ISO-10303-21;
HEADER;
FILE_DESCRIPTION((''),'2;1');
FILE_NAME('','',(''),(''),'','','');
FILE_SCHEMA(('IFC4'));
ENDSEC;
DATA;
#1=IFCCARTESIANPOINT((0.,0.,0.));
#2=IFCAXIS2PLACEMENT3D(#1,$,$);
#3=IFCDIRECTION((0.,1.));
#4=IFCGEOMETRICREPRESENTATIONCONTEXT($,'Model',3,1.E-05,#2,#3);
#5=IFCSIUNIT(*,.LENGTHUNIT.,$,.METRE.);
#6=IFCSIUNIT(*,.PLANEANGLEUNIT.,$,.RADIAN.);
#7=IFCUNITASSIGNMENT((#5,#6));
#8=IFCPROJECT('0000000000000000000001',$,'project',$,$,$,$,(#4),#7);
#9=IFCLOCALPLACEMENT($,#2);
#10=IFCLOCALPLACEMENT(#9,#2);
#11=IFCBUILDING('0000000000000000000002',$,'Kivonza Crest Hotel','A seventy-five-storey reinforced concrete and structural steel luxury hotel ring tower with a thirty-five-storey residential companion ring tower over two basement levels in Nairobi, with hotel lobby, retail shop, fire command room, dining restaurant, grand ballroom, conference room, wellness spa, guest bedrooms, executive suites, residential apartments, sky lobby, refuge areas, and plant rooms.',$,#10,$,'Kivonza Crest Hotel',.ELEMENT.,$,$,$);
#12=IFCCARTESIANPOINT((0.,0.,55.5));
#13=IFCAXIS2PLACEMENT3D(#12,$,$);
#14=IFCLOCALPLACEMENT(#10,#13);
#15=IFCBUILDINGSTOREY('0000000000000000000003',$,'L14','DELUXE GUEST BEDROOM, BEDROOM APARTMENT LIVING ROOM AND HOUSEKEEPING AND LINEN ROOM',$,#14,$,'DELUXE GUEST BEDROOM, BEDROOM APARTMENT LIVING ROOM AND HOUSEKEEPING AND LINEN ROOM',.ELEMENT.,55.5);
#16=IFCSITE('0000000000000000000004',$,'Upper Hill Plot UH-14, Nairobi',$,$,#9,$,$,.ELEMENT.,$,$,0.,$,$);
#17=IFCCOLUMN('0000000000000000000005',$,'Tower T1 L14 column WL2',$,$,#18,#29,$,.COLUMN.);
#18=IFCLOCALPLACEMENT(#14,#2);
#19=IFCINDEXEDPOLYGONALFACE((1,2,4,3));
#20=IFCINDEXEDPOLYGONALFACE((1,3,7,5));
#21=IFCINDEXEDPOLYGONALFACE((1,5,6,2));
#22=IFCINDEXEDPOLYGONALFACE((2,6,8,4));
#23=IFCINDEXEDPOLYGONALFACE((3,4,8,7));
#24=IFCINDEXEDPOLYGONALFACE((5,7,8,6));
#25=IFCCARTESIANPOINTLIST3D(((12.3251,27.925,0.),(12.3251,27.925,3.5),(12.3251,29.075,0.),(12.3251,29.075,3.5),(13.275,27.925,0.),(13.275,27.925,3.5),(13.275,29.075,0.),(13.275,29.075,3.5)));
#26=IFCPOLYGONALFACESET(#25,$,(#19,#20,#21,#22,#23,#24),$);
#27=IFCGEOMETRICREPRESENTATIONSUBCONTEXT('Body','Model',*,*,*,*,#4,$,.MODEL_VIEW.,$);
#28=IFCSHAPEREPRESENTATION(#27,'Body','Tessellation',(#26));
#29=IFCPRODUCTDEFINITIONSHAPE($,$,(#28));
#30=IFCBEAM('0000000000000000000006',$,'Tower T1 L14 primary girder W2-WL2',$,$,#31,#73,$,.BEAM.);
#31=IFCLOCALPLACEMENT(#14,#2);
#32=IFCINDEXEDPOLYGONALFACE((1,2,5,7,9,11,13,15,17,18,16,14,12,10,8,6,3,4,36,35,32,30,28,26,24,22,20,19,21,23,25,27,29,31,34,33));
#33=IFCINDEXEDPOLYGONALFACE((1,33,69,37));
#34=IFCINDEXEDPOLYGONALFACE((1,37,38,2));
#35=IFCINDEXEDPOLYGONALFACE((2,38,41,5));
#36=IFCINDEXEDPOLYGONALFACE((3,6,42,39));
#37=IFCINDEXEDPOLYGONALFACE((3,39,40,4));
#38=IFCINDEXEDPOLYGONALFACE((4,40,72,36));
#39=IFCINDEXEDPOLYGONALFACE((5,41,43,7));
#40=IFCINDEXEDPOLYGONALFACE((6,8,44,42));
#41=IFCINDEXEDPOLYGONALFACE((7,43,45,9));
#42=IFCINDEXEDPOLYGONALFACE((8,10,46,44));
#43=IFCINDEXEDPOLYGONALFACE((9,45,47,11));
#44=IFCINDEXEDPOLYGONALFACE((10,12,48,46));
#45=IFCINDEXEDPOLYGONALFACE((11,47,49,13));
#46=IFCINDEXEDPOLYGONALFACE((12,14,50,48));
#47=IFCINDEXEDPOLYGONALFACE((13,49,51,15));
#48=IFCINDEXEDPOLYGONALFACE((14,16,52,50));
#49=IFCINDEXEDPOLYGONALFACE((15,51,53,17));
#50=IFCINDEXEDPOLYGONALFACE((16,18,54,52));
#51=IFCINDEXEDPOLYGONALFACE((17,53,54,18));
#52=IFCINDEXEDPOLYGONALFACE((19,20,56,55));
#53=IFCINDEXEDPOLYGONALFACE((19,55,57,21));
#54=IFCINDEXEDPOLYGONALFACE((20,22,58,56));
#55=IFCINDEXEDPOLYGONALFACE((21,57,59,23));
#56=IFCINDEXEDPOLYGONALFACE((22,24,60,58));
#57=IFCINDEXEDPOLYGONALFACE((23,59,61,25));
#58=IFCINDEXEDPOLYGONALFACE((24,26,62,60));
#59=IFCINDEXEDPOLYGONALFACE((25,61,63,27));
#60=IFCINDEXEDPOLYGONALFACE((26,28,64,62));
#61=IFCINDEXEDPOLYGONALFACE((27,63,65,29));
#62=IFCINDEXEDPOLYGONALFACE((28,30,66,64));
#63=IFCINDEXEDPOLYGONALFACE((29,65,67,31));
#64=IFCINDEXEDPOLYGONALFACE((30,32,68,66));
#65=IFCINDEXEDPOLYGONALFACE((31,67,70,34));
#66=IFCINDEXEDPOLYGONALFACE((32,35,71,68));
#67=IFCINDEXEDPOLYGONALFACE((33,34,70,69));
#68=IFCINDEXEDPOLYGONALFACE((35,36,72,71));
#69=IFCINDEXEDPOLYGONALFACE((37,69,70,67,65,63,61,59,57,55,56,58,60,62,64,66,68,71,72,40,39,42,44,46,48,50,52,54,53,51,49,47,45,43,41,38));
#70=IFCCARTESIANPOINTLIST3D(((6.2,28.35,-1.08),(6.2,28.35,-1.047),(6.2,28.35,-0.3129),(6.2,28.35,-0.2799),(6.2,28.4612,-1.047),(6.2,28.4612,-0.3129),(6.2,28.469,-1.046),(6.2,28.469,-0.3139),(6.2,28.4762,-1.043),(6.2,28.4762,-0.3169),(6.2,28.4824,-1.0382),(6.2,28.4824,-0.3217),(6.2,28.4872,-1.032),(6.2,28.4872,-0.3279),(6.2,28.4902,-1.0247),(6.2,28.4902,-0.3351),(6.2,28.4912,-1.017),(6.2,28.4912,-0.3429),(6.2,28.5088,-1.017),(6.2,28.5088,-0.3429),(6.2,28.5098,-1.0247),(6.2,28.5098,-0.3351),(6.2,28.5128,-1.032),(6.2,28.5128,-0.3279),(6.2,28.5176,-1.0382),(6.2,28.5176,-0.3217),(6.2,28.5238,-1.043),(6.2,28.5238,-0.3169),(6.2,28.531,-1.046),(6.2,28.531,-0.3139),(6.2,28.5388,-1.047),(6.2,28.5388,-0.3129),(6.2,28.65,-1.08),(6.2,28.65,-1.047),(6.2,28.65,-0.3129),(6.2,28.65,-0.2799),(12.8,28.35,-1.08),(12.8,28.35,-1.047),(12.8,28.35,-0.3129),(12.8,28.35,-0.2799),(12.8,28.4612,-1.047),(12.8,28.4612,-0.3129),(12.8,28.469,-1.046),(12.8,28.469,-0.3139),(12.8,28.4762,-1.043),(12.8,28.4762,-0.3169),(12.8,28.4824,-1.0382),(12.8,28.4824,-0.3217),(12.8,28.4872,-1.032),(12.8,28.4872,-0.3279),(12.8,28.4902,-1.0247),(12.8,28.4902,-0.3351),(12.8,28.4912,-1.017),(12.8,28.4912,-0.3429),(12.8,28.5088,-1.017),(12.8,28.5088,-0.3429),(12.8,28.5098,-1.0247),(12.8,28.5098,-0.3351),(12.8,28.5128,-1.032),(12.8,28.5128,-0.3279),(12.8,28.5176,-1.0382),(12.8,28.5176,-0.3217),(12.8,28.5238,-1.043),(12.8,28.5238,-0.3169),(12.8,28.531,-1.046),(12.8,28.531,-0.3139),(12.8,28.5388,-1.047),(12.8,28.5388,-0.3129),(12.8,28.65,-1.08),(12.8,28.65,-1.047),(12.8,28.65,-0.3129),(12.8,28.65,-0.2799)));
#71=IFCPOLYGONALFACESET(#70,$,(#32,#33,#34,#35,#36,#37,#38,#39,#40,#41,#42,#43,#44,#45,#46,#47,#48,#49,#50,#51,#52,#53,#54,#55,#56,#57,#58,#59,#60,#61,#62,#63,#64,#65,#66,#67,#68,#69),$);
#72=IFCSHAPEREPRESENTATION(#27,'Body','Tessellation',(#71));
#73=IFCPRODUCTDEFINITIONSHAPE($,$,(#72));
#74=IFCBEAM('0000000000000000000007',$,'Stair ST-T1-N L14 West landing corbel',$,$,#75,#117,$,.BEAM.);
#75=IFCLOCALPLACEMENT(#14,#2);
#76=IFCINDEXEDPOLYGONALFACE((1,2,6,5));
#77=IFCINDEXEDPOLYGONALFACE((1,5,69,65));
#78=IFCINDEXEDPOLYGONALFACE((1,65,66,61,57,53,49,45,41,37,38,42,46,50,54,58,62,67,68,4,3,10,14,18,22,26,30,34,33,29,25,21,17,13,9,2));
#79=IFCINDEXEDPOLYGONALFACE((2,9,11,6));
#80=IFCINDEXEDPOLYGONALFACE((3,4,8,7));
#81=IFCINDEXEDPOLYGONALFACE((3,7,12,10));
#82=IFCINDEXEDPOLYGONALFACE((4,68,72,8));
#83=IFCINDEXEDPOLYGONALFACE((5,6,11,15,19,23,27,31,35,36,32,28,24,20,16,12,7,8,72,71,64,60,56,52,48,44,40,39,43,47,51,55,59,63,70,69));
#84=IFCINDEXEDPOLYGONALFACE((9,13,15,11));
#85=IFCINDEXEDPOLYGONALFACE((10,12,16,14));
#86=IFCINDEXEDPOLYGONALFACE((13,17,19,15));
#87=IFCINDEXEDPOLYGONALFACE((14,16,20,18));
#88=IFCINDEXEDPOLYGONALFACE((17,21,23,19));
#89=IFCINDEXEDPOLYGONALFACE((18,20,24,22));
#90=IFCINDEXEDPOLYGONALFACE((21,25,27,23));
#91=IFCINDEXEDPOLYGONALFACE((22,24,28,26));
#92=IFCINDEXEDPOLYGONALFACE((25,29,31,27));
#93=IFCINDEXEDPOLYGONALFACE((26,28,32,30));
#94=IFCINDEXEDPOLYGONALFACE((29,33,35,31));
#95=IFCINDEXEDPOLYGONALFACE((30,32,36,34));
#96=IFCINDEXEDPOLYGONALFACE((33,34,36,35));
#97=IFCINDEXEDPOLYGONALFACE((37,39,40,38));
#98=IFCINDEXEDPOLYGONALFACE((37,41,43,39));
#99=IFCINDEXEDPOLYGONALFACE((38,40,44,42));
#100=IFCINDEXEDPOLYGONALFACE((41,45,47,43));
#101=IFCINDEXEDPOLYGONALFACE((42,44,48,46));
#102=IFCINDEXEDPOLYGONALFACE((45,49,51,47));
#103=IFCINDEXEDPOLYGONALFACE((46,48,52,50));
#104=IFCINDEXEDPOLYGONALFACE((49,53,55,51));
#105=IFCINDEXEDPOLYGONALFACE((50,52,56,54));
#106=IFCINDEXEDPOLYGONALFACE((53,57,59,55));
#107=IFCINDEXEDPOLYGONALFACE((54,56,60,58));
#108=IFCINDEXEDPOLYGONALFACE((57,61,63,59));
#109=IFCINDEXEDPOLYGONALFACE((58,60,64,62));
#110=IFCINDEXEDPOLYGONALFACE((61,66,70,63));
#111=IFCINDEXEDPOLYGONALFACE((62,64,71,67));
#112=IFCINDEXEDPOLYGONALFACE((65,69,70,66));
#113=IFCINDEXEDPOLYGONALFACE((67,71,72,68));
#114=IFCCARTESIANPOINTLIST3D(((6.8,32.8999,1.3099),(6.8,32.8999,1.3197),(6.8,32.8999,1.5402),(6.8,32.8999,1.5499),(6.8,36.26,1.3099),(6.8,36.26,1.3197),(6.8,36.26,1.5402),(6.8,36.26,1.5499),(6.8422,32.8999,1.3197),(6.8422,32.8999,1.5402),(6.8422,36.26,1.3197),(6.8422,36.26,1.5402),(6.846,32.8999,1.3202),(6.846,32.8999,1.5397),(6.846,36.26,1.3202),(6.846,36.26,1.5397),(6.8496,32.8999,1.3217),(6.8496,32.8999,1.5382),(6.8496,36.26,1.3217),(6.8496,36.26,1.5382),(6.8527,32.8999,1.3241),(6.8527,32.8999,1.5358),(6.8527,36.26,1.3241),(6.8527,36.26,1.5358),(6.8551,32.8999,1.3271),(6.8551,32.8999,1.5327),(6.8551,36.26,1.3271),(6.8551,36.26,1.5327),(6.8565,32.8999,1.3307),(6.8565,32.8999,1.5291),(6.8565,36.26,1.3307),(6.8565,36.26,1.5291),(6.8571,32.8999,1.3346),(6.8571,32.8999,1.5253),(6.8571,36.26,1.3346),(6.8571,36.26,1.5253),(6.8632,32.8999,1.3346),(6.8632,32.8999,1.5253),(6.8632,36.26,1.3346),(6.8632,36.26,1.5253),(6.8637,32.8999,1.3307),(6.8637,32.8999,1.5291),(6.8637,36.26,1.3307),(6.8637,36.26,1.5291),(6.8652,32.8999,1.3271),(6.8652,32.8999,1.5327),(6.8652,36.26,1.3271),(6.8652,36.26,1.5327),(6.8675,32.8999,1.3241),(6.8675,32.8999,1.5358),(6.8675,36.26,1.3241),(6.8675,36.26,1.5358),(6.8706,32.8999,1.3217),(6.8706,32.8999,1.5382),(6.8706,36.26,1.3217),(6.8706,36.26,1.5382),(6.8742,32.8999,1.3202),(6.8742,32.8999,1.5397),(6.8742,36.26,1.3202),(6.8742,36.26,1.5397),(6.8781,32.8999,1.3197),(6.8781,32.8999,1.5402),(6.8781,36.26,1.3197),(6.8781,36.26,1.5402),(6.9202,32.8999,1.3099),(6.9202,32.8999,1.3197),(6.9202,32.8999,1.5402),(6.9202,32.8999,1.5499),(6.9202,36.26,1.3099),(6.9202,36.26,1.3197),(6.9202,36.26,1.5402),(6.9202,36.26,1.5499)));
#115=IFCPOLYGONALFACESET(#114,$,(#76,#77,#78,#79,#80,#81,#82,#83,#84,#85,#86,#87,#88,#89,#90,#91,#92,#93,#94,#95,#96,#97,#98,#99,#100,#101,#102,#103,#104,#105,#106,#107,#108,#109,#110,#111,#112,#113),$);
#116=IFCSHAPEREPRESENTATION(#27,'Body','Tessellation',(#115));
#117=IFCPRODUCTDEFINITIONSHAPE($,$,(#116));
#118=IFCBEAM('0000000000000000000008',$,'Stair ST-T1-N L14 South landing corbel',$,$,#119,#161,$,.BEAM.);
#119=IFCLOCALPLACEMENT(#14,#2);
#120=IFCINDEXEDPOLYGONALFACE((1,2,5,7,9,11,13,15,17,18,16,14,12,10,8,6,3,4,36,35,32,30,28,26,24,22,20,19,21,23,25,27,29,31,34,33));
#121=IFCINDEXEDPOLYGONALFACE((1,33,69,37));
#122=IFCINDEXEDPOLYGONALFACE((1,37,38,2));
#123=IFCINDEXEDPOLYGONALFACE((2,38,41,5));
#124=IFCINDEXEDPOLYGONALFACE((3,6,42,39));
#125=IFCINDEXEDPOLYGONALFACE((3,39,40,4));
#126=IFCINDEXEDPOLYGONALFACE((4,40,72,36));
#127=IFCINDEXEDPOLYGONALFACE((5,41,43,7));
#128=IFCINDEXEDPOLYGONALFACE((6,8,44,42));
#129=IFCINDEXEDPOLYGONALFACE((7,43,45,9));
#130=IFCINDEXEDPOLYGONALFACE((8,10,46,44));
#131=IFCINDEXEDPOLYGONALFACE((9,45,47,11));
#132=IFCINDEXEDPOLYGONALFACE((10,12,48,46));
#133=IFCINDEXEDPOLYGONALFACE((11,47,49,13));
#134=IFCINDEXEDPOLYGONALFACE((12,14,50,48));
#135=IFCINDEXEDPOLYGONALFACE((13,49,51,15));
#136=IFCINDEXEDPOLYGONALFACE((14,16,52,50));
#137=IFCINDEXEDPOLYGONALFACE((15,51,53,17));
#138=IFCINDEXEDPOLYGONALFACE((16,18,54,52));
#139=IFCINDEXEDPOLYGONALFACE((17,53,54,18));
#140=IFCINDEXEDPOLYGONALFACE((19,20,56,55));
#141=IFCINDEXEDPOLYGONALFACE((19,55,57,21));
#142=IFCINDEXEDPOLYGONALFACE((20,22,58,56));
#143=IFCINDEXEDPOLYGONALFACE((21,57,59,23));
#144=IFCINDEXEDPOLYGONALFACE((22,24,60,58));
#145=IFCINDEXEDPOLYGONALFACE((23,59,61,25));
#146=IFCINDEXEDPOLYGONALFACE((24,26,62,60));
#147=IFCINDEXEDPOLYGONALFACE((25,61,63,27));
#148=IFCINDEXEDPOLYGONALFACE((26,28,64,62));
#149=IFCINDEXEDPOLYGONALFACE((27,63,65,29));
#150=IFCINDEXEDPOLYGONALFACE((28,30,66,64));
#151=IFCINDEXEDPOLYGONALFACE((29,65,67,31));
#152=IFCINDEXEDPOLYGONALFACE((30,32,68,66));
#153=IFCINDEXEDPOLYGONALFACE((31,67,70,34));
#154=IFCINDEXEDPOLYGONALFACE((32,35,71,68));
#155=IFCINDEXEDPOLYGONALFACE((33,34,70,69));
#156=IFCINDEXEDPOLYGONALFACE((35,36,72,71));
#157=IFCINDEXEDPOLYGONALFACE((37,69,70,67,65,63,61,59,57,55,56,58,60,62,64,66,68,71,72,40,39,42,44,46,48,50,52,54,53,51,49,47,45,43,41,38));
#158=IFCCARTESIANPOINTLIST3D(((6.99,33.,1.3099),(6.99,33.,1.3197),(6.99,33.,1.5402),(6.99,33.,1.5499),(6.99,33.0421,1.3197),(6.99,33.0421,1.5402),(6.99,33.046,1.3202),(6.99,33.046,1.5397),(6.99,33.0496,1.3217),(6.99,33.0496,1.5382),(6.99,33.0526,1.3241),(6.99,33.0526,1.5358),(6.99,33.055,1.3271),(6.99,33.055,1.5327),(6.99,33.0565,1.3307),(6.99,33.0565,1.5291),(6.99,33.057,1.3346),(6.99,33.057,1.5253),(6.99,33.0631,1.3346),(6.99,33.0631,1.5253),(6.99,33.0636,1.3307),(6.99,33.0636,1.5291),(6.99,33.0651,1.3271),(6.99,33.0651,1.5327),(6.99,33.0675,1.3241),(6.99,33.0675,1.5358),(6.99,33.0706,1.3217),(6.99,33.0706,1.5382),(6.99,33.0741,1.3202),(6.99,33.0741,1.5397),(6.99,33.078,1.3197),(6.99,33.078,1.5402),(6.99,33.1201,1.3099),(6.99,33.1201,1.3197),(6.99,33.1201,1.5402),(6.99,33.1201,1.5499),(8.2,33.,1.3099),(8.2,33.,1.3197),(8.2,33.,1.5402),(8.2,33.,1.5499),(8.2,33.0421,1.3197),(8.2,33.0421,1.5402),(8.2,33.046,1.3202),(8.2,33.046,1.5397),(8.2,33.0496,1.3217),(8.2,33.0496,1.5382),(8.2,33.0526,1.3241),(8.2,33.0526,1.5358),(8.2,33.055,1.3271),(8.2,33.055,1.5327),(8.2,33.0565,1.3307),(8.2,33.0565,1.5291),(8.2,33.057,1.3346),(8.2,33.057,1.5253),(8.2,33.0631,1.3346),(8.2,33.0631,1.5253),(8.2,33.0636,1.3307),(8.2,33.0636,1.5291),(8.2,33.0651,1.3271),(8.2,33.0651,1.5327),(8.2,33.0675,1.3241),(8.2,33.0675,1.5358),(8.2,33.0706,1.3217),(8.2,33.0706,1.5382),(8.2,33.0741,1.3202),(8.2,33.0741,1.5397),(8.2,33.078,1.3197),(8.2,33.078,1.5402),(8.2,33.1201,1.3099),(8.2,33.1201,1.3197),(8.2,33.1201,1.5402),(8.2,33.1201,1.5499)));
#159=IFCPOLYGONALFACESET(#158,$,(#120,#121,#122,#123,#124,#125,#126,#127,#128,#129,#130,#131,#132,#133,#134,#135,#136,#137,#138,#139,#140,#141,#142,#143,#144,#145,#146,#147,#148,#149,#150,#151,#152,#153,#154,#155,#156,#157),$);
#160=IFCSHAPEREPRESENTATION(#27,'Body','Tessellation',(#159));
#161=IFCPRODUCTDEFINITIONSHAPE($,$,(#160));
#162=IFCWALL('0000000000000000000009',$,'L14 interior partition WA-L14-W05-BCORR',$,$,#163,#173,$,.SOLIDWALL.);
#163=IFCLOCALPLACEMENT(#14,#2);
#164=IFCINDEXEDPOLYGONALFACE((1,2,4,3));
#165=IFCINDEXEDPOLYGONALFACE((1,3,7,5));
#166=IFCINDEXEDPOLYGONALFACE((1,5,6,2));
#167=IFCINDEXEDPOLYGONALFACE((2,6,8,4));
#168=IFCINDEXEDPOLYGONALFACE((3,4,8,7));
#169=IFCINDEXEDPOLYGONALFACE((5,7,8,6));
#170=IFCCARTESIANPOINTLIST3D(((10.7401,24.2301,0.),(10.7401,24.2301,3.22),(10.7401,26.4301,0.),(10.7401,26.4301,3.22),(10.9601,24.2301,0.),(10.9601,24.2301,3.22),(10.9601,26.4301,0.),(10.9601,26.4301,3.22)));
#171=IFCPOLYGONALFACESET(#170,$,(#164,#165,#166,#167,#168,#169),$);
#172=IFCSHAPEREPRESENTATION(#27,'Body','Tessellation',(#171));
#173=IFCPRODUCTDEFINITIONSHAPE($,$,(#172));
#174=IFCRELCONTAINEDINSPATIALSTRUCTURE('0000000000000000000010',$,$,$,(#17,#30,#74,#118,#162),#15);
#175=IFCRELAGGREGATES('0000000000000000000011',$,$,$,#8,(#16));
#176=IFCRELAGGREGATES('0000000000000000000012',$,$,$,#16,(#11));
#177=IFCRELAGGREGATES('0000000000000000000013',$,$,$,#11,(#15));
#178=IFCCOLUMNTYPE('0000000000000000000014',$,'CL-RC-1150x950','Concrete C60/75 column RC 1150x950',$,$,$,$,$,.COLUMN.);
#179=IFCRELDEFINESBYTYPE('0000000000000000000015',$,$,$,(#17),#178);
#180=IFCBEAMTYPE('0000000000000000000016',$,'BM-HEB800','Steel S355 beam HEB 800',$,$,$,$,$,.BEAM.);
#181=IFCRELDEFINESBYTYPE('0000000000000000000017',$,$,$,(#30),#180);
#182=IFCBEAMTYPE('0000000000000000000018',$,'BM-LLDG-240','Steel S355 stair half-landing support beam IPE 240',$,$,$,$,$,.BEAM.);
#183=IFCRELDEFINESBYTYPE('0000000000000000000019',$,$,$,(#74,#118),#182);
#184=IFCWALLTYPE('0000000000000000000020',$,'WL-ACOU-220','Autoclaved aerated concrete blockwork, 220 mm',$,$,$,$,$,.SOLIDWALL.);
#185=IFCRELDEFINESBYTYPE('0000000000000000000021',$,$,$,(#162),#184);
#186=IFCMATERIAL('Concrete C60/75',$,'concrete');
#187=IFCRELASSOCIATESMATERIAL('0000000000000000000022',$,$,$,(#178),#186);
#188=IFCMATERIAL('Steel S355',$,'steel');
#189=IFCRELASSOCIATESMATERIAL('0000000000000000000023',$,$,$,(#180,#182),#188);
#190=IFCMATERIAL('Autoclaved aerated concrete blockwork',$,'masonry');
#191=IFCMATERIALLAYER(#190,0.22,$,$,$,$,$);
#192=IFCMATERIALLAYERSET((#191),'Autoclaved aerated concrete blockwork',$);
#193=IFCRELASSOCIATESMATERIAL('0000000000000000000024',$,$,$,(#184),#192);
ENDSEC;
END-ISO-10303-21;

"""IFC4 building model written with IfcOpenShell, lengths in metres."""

from ifc_helpers import new_model, si_unit, direction, frame, frame_2d, origin, origin_2d, place, context, subcontext, project, spatial, rectangle, i_section, extrude, material, layer, layer_set, material_profile, profile_set, type_object, element, save


model = new_model("IFC4")

# Units and contexts
model_context = context("Model", 3, precision=1e-05, world=origin(), true_north=direction((0.0, 1.0)))
body_context = subcontext(model_context, "Body", "Model", "MODEL_VIEW")
ifc_project = project(units=[si_unit("LENGTHUNIT", "METRE"), si_unit("PLANEANGLEUNIT", "RADIAN")], contexts=[model_context])

# Site, building, storey
site_placement = place(None, origin())
site = spatial("IfcSite", under=ifc_project, at=site_placement, Name="Upper Hill Plot UH-14, Nairobi", CompositionType="ELEMENT", RefElevation=0.0)
building_placement = place(site_placement, origin())
building = spatial("IfcBuilding", under=site, at=building_placement, Name="Kivonza Crest Hotel", Description="A seventy-five-storey reinforced concrete and structural steel luxury hotel ring tower with a thirty-five-storey residential companion ring tower over two basement levels in Nairobi, with hotel lobby, retail shop, fire command room, dining restaurant, grand ballroom, conference room, wellness spa, guest bedrooms, executive suites, residential apartments, sky lobby, refuge areas, and plant rooms.", LongName="Kivonza Crest Hotel", CompositionType="ELEMENT")
storey_placement = place(building_placement, frame((0.0, 0.0, 55.5)))
storey = spatial("IfcBuildingStorey", under=building, at=storey_placement, Name="L14", Description="DELUXE GUEST BEDROOM, BEDROOM APARTMENT LIVING ROOM AND HOUSEKEEPING AND LINEN ROOM", LongName="DELUXE GUEST BEDROOM, BEDROOM APARTMENT LIVING ROOM AND HOUSEKEEPING AND LINEN ROOM", CompositionType="ELEMENT", Elevation=55.5)

# Column
ifc_material_1 = material(Name="Concrete C60/75", Category="concrete")
ifc_material_profile_1 = material_profile(ifc_material_1, rectangle(XDim=0.95, YDim=1.1499, at=origin_2d()), Name="RC 1150x950")
ifc_profile_set_1 = profile_set([ifc_material_profile_1], Name="Concrete C60/75")
column_type = type_object("IfcColumnType", Name="CL-RC-1150x950", Description="Concrete C60/75 column RC 1150x950", PredefinedType="COLUMN", material=ifc_profile_set_1)
column_placement = place(storey_placement, frame((12.8, 28.5, 0.0), z_axis=(0.0, 0.0, 1.0), x_axis=(1.0, 0.0, 0.0)))
element("IfcColumn", 1, at=column_placement, inside=storey, type_object=column_type, Name="Tower T1 L14 column WL2", PredefinedType="COLUMN", context=body_context, shape_type="SweptSolid", body=[
    extrude(rectangle(XDim=0.95, YDim=1.1499, at=origin_2d()), origin(), (0.0, 0.0, 1.0), 3.5),
])

# Beams
ifc_material_2 = material(Name="Steel S355", Category="steel")
ifc_material_profile_2 = material_profile(ifc_material_2, i_section(OverallWidth=0.3, OverallDepth=0.8, WebThickness=0.0176, FlangeThickness=0.033, FilletRadius=0.03, at=origin_2d()), Name="HEB 800")
ifc_profile_set_2 = profile_set([ifc_material_profile_2], Name="Steel S355")
beam_type_1 = type_object("IfcBeamType", Name="BM-HEB800", Description="Steel S355 beam HEB 800", PredefinedType="BEAM", material=ifc_profile_set_2)
beam_1_placement = place(storey_placement, frame((6.2, 28.5, -0.6799), z_axis=(1.0, 0.0, 0.0), x_axis=(0.0, 1.0, 0.0)))
element("IfcBeam", 2, at=beam_1_placement, inside=storey, type_object=beam_type_1, Name="Tower T1 L14 primary girder W2-WL2", PredefinedType="BEAM", context=body_context, shape_type="SweptSolid", body=[
    extrude(i_section(OverallWidth=0.3, OverallDepth=0.8, WebThickness=0.0176, FlangeThickness=0.033, FilletRadius=0.03, at=origin_2d()), origin(), (0.0, 0.0, 1.0), 6.6001),
])
ifc_material_profile_3 = material_profile(ifc_material_2, i_section(OverallWidth=0.1201, OverallDepth=0.24, WebThickness=0.0061, FlangeThickness=0.0098, FilletRadius=0.0149, at=origin_2d()), Name="IPE 240")
ifc_profile_set_3 = profile_set([ifc_material_profile_3], Name="Steel S355")
beam_type_2 = type_object("IfcBeamType", Name="BM-LLDG-240", Description="Steel S355 stair half-landing support beam IPE 240", PredefinedType="BEAM", material=ifc_profile_set_3)
beam_2_placement = place(storey_placement, frame((6.8601, 32.8999, 1.4299), z_axis=(0.0, 1.0, 0.0), x_axis=(-1.0, 0.0, 0.0)))
element("IfcBeam", 3, at=beam_2_placement, inside=storey, type_object=beam_type_2, Name="Stair ST-T1-N L14 West landing corbel", PredefinedType="BEAM", context=body_context, shape_type="SweptSolid", body=[
    extrude(i_section(OverallWidth=0.1201, OverallDepth=0.24, WebThickness=0.0061, FlangeThickness=0.0098, FilletRadius=0.0149, at=origin_2d()), origin(), (0.0, 0.0, 1.0), 3.3601),
])
beam_3_placement = place(storey_placement, frame((6.99, 33.0601, 1.4299), z_axis=(1.0, 0.0, 0.0), x_axis=(0.0, 1.0, 0.0)))
element("IfcBeam", 4, at=beam_3_placement, inside=storey, type_object=beam_type_2, Name="Stair ST-T1-N L14 South landing corbel", PredefinedType="BEAM", context=body_context, shape_type="SweptSolid", body=[
    extrude(i_section(OverallWidth=0.1201, OverallDepth=0.24, WebThickness=0.0061, FlangeThickness=0.0098, FilletRadius=0.0149, at=origin_2d()), origin(), (0.0, 0.0, 1.0), 1.21),
])

# Wall
ifc_material_3 = material(Name="Autoclaved aerated concrete blockwork", Category="masonry")
ifc_layer_1 = layer(ifc_material_3, 0.22)
ifc_layer_set_1 = layer_set([ifc_layer_1], Name="Autoclaved aerated concrete blockwork")
wall_type_1 = type_object("IfcWallType", Name="WL-ACOU-220", Description="Autoclaved aerated concrete blockwork, 220 mm", PredefinedType="SOLIDWALL", material=ifc_layer_set_1)
wall_1_placement = place(storey_placement, frame((10.8501, 24.23, 0.0), z_axis=(0.0, 0.0, 1.0), x_axis=(0.0, 1.0, 0.0)))
element("IfcWall", 5, at=wall_1_placement, inside=storey, type_object=wall_type_1, Name="L14 interior partition WA-L14-W05-BCORR", PredefinedType="SOLIDWALL", context=body_context, shape_type="SweptSolid", body=[
    extrude(rectangle(XDim=2.2, YDim=0.22, at=frame_2d((1.1001, 0.0))), origin(), (0.0, 0.0, 1.0), 3.22),
])

save(model, "model.ifc")
